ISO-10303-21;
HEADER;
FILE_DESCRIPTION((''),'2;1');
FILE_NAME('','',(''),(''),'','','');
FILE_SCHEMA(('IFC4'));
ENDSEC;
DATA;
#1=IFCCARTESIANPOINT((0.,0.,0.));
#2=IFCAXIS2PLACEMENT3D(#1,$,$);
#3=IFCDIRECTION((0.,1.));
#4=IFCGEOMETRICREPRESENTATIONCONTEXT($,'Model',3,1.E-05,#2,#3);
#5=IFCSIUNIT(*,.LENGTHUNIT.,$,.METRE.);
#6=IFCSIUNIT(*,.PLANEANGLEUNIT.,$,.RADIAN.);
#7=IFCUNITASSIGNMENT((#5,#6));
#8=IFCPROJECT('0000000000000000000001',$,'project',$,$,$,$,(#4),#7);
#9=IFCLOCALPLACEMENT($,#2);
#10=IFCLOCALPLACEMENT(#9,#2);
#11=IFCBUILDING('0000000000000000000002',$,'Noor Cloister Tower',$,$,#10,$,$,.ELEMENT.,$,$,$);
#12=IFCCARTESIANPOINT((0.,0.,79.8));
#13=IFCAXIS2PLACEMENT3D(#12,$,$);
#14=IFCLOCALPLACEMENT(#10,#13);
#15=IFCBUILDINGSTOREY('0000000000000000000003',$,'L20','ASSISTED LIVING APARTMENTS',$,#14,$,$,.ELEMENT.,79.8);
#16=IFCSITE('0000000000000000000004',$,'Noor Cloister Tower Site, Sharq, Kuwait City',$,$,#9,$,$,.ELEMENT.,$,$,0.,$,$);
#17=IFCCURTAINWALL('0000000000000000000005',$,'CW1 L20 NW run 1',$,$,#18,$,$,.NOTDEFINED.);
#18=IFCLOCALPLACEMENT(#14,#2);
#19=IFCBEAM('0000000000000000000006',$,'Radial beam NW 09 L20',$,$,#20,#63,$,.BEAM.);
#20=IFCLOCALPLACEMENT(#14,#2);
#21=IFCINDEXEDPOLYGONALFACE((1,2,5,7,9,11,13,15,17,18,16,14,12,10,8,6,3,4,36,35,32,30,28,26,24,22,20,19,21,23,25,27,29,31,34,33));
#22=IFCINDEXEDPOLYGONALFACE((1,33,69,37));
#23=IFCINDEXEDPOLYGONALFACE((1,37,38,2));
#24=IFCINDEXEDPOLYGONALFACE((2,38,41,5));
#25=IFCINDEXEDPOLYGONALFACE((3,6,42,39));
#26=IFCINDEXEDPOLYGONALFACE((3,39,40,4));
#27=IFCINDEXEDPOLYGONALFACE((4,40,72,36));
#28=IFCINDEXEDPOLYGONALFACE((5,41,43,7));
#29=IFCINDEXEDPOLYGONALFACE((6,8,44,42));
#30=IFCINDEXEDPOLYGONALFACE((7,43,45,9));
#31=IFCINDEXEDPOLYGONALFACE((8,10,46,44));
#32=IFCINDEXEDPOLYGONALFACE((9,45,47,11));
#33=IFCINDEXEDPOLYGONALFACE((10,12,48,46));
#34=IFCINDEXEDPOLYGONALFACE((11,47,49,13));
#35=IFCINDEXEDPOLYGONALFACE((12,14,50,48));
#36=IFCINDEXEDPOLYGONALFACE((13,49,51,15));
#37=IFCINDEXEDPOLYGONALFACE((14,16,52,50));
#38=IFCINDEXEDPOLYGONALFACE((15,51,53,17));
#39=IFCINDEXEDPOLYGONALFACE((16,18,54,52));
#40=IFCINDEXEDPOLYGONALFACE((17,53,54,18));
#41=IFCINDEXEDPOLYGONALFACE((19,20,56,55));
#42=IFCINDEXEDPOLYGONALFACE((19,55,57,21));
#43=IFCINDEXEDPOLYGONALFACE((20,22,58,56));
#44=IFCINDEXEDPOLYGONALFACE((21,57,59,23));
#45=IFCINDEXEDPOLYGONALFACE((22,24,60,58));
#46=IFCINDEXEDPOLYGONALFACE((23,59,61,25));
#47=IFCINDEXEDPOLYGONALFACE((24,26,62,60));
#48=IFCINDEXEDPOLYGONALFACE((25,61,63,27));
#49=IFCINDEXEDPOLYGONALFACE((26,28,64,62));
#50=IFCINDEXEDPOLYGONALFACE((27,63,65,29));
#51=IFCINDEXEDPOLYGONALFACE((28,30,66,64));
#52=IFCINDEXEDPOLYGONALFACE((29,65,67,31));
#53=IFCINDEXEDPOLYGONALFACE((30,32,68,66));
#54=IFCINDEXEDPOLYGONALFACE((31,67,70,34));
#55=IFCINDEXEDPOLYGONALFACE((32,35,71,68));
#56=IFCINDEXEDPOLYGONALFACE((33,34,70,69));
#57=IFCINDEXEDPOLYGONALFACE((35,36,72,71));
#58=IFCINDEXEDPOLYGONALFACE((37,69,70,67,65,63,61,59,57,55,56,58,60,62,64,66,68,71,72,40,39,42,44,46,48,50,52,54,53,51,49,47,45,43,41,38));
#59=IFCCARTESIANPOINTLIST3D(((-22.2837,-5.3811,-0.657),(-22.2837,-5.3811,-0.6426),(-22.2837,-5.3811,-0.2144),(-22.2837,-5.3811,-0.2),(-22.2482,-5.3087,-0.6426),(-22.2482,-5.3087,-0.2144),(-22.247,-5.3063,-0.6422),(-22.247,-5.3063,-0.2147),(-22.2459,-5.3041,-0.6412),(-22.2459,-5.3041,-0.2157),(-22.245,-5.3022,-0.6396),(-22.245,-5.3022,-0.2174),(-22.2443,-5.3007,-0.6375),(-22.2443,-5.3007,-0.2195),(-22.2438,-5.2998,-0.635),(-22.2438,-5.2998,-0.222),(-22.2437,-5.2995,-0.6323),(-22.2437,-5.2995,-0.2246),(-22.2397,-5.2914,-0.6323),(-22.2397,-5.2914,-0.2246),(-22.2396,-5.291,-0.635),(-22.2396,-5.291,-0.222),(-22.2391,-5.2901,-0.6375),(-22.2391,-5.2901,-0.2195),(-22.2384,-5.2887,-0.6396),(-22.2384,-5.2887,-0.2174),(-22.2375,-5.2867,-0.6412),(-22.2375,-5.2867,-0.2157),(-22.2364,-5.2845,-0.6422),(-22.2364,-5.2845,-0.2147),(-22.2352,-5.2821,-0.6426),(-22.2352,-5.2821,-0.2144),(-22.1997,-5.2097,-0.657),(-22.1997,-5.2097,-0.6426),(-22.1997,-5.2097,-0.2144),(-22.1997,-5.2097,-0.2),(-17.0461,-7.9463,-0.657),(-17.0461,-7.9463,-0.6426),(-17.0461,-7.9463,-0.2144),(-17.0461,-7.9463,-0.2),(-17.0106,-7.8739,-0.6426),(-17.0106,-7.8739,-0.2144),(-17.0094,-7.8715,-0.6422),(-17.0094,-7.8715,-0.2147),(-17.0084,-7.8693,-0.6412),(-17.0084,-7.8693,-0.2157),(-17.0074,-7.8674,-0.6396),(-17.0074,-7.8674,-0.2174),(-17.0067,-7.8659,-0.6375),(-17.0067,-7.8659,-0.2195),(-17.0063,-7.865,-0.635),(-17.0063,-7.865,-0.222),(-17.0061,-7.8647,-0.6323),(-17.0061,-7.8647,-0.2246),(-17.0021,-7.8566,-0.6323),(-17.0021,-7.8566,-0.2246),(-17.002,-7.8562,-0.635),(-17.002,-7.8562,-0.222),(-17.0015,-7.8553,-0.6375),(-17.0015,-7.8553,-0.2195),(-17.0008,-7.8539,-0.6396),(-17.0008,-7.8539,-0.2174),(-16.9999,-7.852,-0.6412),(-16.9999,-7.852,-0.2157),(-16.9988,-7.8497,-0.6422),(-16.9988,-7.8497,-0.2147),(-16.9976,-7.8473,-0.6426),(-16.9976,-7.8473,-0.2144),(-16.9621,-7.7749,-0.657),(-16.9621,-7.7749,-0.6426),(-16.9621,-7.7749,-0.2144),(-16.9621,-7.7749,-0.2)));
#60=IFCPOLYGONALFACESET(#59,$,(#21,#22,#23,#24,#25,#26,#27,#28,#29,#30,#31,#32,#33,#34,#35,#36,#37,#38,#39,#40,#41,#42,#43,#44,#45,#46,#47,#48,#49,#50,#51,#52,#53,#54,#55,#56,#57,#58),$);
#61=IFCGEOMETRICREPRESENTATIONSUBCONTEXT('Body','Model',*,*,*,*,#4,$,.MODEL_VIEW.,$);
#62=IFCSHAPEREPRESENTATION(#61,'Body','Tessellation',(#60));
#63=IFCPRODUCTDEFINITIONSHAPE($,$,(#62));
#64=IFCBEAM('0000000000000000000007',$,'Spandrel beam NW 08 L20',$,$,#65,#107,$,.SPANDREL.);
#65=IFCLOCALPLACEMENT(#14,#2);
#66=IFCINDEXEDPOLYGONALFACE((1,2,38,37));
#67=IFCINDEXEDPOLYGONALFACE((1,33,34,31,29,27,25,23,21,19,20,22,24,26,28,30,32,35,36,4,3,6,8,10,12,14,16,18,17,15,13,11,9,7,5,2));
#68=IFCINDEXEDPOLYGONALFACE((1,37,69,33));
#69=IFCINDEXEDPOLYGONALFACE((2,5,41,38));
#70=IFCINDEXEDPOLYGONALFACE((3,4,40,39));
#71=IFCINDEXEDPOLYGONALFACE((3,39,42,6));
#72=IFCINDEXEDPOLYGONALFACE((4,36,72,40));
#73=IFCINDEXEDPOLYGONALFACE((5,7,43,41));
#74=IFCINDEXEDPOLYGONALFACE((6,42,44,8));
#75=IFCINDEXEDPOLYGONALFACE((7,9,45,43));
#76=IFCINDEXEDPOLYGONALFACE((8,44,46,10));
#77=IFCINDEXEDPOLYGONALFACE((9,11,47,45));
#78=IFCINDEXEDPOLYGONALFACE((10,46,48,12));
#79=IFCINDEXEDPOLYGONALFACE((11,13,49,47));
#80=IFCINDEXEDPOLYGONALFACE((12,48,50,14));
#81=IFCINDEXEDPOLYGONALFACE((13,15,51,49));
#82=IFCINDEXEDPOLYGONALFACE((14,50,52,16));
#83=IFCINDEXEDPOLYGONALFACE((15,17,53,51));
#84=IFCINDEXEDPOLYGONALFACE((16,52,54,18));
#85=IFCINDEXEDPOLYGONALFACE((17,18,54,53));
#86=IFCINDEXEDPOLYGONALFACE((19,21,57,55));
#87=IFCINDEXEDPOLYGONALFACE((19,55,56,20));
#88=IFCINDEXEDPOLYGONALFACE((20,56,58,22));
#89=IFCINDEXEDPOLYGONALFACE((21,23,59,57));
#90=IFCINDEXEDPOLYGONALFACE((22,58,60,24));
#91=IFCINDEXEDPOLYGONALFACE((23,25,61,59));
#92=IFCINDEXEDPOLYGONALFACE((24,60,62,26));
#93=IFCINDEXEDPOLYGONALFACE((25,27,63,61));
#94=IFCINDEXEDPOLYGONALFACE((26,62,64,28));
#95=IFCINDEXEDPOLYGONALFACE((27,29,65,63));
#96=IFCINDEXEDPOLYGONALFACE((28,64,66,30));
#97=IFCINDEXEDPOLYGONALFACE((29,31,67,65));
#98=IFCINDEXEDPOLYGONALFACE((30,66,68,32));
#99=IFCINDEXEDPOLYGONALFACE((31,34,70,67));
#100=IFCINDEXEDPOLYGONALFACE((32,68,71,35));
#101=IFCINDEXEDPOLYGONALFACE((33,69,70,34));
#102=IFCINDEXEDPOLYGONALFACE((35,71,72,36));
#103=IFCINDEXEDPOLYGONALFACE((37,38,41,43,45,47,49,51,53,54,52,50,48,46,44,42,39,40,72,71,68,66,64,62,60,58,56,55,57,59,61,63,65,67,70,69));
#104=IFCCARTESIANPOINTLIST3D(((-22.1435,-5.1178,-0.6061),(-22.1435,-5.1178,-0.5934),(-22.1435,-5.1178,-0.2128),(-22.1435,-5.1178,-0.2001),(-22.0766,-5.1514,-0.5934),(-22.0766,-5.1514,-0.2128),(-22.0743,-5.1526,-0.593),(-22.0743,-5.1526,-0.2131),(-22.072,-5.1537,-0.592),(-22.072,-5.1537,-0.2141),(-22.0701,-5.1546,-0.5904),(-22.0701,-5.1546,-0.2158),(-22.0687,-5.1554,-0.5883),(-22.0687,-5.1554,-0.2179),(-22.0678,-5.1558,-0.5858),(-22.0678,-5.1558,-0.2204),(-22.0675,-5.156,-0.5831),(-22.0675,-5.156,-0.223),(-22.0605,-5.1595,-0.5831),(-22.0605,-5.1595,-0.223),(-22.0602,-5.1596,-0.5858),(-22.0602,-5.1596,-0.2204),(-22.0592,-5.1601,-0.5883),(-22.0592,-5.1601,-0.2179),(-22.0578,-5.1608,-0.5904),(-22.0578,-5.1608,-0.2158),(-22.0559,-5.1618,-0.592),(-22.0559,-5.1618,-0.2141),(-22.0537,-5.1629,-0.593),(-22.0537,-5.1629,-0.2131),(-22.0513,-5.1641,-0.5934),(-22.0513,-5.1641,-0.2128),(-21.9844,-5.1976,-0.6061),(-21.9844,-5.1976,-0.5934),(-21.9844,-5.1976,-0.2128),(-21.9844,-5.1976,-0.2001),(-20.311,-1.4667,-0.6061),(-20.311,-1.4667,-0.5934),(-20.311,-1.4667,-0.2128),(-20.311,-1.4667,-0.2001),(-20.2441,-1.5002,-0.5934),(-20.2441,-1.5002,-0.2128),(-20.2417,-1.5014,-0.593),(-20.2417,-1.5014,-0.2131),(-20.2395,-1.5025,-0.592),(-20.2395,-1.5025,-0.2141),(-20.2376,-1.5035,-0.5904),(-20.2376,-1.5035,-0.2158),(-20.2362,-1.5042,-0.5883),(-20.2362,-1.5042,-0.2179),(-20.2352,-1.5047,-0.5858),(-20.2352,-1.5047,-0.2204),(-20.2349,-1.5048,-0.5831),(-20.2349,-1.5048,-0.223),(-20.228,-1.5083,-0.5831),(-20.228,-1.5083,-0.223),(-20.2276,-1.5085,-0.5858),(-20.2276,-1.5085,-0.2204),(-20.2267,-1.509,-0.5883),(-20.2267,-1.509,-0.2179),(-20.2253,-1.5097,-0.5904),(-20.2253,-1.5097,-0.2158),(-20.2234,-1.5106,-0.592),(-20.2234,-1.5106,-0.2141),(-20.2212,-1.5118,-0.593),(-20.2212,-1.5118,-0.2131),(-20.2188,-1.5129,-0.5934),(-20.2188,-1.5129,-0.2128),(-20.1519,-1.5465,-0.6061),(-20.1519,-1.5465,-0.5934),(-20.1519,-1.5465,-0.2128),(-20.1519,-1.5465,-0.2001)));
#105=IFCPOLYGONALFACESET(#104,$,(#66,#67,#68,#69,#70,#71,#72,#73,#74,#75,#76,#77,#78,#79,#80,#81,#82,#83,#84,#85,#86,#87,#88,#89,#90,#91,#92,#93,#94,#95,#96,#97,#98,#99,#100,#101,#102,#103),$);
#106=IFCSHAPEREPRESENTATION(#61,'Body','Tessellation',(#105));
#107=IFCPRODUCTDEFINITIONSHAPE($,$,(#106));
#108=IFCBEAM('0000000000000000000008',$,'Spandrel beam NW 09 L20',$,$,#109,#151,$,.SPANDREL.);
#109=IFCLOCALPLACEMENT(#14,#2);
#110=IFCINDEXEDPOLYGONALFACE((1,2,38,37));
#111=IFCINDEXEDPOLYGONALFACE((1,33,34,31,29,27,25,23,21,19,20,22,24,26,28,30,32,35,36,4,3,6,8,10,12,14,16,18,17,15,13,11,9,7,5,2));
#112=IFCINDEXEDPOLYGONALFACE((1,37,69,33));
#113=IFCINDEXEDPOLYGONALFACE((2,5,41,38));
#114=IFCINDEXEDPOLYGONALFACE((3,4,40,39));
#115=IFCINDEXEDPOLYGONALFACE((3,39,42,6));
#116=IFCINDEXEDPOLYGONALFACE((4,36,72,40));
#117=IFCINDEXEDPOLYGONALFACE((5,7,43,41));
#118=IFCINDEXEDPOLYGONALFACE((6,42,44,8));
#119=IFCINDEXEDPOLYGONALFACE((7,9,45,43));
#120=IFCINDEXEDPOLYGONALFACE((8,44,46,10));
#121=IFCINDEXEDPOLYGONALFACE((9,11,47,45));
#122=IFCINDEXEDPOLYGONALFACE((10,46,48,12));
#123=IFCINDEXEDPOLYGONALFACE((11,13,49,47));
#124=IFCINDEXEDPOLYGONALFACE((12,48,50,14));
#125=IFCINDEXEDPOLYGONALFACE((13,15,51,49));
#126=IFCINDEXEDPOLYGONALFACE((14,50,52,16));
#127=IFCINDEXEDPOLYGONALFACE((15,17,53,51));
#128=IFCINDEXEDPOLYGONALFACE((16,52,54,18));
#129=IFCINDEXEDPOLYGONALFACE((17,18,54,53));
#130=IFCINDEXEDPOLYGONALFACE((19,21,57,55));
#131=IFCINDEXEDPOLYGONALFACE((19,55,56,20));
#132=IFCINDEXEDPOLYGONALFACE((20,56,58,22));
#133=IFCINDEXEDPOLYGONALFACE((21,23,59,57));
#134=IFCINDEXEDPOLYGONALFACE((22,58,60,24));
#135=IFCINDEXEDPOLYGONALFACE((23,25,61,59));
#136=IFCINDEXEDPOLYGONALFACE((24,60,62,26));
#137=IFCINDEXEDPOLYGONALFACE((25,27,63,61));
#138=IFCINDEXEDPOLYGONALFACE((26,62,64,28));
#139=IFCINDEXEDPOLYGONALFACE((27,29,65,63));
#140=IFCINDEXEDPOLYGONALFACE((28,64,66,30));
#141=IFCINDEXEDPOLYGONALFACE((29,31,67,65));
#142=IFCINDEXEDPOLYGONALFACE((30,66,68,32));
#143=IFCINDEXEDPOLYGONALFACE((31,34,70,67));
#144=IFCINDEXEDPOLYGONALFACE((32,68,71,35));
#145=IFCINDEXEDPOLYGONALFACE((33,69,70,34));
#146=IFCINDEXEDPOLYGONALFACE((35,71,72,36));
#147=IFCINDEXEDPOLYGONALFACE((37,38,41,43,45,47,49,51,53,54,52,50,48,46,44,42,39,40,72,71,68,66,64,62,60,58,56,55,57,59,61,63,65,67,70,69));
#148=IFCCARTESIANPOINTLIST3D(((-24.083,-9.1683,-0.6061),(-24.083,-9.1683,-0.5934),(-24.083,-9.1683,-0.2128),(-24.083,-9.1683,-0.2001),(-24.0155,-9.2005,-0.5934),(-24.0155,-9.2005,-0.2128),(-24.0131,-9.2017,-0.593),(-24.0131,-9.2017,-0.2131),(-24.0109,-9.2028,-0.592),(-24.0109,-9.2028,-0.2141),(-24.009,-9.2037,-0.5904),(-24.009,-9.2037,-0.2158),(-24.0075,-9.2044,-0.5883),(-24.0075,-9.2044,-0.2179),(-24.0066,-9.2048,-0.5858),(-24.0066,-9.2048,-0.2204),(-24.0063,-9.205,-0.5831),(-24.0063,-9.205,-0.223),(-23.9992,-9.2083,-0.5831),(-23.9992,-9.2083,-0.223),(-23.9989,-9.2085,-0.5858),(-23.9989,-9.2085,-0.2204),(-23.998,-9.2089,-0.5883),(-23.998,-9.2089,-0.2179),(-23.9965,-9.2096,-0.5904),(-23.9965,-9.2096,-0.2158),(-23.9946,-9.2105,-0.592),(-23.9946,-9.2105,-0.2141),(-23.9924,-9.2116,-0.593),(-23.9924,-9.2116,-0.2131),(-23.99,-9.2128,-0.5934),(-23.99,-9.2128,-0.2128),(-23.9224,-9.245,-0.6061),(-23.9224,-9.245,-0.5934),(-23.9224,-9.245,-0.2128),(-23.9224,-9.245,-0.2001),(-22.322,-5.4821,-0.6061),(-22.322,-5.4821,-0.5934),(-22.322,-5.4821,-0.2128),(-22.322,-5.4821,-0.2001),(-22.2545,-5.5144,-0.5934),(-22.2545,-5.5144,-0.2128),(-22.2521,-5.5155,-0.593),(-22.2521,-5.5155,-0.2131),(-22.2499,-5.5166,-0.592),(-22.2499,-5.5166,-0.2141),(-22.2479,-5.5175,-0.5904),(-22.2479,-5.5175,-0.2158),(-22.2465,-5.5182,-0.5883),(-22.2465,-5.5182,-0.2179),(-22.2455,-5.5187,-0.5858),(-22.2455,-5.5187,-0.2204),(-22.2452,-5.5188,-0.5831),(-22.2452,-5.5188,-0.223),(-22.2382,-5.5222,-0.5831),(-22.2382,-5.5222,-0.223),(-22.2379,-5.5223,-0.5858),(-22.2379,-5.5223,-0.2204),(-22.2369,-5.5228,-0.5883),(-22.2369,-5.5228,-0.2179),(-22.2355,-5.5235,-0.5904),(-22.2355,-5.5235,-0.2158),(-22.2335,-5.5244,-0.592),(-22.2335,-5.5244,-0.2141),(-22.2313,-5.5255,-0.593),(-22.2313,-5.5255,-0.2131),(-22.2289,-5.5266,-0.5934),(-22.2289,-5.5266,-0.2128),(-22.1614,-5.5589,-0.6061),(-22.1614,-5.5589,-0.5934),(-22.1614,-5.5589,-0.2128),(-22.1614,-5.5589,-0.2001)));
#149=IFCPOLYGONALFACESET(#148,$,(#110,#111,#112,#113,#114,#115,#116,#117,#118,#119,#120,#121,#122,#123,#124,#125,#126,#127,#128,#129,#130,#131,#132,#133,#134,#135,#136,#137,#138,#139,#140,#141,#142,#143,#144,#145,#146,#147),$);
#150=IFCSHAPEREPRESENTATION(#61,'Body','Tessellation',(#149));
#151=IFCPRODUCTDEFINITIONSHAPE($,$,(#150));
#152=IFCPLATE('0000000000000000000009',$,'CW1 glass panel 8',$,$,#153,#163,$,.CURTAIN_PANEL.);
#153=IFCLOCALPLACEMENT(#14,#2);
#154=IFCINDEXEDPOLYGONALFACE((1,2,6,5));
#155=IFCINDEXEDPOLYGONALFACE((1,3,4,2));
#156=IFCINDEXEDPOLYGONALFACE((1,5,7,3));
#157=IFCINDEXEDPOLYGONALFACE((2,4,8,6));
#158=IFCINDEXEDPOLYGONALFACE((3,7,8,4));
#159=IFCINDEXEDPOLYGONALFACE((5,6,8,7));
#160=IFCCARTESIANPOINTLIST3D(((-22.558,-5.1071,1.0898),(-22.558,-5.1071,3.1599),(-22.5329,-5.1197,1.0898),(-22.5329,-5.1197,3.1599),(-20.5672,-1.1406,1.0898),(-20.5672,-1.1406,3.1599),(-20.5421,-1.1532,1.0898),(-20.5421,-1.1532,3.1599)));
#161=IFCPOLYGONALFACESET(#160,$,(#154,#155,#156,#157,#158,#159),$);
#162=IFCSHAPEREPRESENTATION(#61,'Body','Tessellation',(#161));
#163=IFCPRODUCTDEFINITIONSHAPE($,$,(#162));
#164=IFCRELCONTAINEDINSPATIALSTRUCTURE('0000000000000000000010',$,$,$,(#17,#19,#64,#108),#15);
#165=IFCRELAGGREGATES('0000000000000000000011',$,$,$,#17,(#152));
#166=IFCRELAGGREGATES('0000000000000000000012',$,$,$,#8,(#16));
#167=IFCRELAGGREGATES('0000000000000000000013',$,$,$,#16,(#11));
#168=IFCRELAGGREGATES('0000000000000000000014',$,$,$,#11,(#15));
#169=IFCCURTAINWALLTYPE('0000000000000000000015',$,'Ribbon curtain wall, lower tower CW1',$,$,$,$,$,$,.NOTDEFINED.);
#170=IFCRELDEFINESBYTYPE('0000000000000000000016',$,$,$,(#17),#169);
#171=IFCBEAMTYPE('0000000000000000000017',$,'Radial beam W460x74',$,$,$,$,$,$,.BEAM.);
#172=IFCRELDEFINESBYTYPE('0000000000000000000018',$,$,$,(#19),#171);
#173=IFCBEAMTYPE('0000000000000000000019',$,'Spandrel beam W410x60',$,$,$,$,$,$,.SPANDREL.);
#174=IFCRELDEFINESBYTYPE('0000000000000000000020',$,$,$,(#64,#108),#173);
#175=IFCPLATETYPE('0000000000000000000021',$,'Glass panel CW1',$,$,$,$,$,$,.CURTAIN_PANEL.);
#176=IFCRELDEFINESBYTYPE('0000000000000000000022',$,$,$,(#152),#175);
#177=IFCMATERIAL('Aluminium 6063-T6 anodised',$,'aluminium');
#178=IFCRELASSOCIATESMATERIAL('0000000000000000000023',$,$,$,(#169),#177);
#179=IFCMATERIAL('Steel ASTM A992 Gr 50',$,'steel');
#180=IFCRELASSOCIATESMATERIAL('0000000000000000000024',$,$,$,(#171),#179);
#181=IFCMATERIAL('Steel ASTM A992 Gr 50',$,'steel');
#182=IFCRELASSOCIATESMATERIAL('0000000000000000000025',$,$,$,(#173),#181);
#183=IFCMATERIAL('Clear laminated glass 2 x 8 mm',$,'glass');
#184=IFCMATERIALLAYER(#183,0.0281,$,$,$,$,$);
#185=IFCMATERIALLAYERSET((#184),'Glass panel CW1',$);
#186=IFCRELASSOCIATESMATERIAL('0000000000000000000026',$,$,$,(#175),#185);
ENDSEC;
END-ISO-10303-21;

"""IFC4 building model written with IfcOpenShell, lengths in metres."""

from ifc_helpers import new_model, si_unit, direction, frame, origin, origin_2d, place, context, subcontext, project, spatial, rectangle, i_section, extrude, material, layer, layer_set, material_profile, profile_set, type_object, element, aggregate, save


model = new_model("IFC4")

# Units and contexts
model_context = context("Model", 3, precision=1e-05, world=origin(), true_north=direction((0.0, 1.0)))
body_context = subcontext(model_context, "Body", "Model", "MODEL_VIEW")
ifc_project = project(units=[si_unit("LENGTHUNIT", "METRE"), si_unit("PLANEANGLEUNIT", "RADIAN")], contexts=[model_context])

# Site, building, storey
site_placement = place(None, origin())
site = spatial("IfcSite", under=ifc_project, at=site_placement, Name="Noor Cloister Tower Site, Sharq, Kuwait City", CompositionType="ELEMENT", RefElevation=0.0)
building_placement = place(site_placement, origin())
building = spatial("IfcBuilding", under=site, at=building_placement, Name="Noor Cloister Tower", CompositionType="ELEMENT")
storey_placement = place(building_placement, frame((0.0, 0.0, 79.8)))
storey = spatial("IfcBuildingStorey", under=building, at=storey_placement, Name="L20", Description="ASSISTED LIVING APARTMENTS", CompositionType="ELEMENT", Elevation=79.8)

# Curtain wall
ifc_material_1 = material(Name="Aluminium 6063-T6 anodised", Category="aluminium")
curtain_wall_type = type_object("IfcCurtainWallType", Name="Ribbon curtain wall, lower tower CW1", PredefinedType="NOTDEFINED", material=ifc_material_1)
curtain_wall_placement = place(storey_placement, origin())
curtain_wall = element("IfcCurtainWall", 1, at=curtain_wall_placement, inside=storey, type_object=curtain_wall_type, Name="CW1 L20 NW run 1", PredefinedType="NOTDEFINED")

# Beams
ifc_material_2 = material(Name="Steel ASTM A992 Gr 50", Category="steel")
ifc_material_profile_1 = material_profile(ifc_material_2, i_section(OverallWidth=0.1909, OverallDepth=0.457, WebThickness=0.009, FlangeThickness=0.0144, FilletRadius=0.0103, at=origin_2d()), Name="W460x74")
ifc_profile_set_1 = profile_set([ifc_material_profile_1], Name="Steel ASTM A992 Gr 50")
beam_type_1 = type_object("IfcBeamType", Name="Radial beam W460x74", PredefinedType="BEAM", material=ifc_profile_set_1)
beam_1_placement = place(storey_placement, frame((-22.2417, -5.2954, -0.4285), z_axis=(0.898072, -0.439847, 0.0), x_axis=(0.439847, 0.898072, 0.0)))
element("IfcBeam", 2, at=beam_1_placement, inside=storey, type_object=beam_type_1, Name="Radial beam NW 09 L20", PredefinedType="BEAM", context=body_context, shape_type="SweptSolid", body=[
    extrude(i_section(OverallWidth=0.1909, OverallDepth=0.457, WebThickness=0.009, FlangeThickness=0.0144, FilletRadius=0.0103, at=origin_2d()), origin(), (0.0, 0.0, 1.0), 5.832),
])
ifc_material_3 = material(Name="Steel ASTM A992 Gr 50", Category="steel")
ifc_material_profile_2 = material_profile(ifc_material_3, i_section(OverallWidth=0.178, OverallDepth=0.406, WebThickness=0.0078, FlangeThickness=0.0127, FilletRadius=0.0103, at=origin_2d()), Name="W410x60")
ifc_profile_set_2 = profile_set([ifc_material_profile_2], Name="Steel ASTM A992 Gr 50")
beam_type_2 = type_object("IfcBeamType", Name="Spandrel beam W410x60", PredefinedType="SPANDREL", material=ifc_profile_set_2)
for number, where, z_axis, x_axis, name in (
    (3, (-20.2314, -1.5066, -0.4031), (-0.448576, -0.893745, 0.0), (0.893745, -0.448576, 0.0), "Spandrel beam NW 08 L20"),
    (4, (-22.2417, -5.5205, -0.4031), (-0.431077, -0.902315, 0.0), (0.902315, -0.431077, 0.0), "Spandrel beam NW 09 L20"),
):
    element("IfcBeam", number, at=place(storey_placement, frame(where, z_axis=z_axis, x_axis=x_axis)), inside=storey, type_object=beam_type_2, Name=name, PredefinedType="SPANDREL", context=body_context, shape_type="SweptSolid", body=[
        extrude(i_section(OverallWidth=0.178, OverallDepth=0.406, WebThickness=0.0078, FlangeThickness=0.0127, FilletRadius=0.0103, at=origin_2d()), origin(), (0.0, 0.0, 1.0), 4.0852),
    ])

# Plate
ifc_material_4 = material(Name="Clear laminated glass 2 x 8 mm", Category="glass")
ifc_layer_1 = layer(ifc_material_4, 0.0281)
ifc_layer_set_1 = layer_set([ifc_layer_1], Name="Glass panel CW1")
plate_type = type_object("IfcPlateType", Name="Glass panel CW1", PredefinedType="CURTAIN_PANEL", material=ifc_layer_set_1)
plate_placement = place(storey_placement, frame((-21.55, -3.1301, 1.0898), z_axis=(0.0, 0.0, 1.0), x_axis=(-0.448565, -0.89375, 0.0)))
plate = element("IfcPlate", 5, at=plate_placement, type_object=plate_type, Name="CW1 glass panel 8", PredefinedType="CURTAIN_PANEL", context=body_context, shape_type="SweptSolid", body=[
    extrude(rectangle(XDim=4.438, YDim=0.0281, at=origin_2d()), origin(), (0.0, 0.0, 1.0), 2.0701),
])
aggregate(curtain_wall, [plate])

save(model, "model.ifc")
